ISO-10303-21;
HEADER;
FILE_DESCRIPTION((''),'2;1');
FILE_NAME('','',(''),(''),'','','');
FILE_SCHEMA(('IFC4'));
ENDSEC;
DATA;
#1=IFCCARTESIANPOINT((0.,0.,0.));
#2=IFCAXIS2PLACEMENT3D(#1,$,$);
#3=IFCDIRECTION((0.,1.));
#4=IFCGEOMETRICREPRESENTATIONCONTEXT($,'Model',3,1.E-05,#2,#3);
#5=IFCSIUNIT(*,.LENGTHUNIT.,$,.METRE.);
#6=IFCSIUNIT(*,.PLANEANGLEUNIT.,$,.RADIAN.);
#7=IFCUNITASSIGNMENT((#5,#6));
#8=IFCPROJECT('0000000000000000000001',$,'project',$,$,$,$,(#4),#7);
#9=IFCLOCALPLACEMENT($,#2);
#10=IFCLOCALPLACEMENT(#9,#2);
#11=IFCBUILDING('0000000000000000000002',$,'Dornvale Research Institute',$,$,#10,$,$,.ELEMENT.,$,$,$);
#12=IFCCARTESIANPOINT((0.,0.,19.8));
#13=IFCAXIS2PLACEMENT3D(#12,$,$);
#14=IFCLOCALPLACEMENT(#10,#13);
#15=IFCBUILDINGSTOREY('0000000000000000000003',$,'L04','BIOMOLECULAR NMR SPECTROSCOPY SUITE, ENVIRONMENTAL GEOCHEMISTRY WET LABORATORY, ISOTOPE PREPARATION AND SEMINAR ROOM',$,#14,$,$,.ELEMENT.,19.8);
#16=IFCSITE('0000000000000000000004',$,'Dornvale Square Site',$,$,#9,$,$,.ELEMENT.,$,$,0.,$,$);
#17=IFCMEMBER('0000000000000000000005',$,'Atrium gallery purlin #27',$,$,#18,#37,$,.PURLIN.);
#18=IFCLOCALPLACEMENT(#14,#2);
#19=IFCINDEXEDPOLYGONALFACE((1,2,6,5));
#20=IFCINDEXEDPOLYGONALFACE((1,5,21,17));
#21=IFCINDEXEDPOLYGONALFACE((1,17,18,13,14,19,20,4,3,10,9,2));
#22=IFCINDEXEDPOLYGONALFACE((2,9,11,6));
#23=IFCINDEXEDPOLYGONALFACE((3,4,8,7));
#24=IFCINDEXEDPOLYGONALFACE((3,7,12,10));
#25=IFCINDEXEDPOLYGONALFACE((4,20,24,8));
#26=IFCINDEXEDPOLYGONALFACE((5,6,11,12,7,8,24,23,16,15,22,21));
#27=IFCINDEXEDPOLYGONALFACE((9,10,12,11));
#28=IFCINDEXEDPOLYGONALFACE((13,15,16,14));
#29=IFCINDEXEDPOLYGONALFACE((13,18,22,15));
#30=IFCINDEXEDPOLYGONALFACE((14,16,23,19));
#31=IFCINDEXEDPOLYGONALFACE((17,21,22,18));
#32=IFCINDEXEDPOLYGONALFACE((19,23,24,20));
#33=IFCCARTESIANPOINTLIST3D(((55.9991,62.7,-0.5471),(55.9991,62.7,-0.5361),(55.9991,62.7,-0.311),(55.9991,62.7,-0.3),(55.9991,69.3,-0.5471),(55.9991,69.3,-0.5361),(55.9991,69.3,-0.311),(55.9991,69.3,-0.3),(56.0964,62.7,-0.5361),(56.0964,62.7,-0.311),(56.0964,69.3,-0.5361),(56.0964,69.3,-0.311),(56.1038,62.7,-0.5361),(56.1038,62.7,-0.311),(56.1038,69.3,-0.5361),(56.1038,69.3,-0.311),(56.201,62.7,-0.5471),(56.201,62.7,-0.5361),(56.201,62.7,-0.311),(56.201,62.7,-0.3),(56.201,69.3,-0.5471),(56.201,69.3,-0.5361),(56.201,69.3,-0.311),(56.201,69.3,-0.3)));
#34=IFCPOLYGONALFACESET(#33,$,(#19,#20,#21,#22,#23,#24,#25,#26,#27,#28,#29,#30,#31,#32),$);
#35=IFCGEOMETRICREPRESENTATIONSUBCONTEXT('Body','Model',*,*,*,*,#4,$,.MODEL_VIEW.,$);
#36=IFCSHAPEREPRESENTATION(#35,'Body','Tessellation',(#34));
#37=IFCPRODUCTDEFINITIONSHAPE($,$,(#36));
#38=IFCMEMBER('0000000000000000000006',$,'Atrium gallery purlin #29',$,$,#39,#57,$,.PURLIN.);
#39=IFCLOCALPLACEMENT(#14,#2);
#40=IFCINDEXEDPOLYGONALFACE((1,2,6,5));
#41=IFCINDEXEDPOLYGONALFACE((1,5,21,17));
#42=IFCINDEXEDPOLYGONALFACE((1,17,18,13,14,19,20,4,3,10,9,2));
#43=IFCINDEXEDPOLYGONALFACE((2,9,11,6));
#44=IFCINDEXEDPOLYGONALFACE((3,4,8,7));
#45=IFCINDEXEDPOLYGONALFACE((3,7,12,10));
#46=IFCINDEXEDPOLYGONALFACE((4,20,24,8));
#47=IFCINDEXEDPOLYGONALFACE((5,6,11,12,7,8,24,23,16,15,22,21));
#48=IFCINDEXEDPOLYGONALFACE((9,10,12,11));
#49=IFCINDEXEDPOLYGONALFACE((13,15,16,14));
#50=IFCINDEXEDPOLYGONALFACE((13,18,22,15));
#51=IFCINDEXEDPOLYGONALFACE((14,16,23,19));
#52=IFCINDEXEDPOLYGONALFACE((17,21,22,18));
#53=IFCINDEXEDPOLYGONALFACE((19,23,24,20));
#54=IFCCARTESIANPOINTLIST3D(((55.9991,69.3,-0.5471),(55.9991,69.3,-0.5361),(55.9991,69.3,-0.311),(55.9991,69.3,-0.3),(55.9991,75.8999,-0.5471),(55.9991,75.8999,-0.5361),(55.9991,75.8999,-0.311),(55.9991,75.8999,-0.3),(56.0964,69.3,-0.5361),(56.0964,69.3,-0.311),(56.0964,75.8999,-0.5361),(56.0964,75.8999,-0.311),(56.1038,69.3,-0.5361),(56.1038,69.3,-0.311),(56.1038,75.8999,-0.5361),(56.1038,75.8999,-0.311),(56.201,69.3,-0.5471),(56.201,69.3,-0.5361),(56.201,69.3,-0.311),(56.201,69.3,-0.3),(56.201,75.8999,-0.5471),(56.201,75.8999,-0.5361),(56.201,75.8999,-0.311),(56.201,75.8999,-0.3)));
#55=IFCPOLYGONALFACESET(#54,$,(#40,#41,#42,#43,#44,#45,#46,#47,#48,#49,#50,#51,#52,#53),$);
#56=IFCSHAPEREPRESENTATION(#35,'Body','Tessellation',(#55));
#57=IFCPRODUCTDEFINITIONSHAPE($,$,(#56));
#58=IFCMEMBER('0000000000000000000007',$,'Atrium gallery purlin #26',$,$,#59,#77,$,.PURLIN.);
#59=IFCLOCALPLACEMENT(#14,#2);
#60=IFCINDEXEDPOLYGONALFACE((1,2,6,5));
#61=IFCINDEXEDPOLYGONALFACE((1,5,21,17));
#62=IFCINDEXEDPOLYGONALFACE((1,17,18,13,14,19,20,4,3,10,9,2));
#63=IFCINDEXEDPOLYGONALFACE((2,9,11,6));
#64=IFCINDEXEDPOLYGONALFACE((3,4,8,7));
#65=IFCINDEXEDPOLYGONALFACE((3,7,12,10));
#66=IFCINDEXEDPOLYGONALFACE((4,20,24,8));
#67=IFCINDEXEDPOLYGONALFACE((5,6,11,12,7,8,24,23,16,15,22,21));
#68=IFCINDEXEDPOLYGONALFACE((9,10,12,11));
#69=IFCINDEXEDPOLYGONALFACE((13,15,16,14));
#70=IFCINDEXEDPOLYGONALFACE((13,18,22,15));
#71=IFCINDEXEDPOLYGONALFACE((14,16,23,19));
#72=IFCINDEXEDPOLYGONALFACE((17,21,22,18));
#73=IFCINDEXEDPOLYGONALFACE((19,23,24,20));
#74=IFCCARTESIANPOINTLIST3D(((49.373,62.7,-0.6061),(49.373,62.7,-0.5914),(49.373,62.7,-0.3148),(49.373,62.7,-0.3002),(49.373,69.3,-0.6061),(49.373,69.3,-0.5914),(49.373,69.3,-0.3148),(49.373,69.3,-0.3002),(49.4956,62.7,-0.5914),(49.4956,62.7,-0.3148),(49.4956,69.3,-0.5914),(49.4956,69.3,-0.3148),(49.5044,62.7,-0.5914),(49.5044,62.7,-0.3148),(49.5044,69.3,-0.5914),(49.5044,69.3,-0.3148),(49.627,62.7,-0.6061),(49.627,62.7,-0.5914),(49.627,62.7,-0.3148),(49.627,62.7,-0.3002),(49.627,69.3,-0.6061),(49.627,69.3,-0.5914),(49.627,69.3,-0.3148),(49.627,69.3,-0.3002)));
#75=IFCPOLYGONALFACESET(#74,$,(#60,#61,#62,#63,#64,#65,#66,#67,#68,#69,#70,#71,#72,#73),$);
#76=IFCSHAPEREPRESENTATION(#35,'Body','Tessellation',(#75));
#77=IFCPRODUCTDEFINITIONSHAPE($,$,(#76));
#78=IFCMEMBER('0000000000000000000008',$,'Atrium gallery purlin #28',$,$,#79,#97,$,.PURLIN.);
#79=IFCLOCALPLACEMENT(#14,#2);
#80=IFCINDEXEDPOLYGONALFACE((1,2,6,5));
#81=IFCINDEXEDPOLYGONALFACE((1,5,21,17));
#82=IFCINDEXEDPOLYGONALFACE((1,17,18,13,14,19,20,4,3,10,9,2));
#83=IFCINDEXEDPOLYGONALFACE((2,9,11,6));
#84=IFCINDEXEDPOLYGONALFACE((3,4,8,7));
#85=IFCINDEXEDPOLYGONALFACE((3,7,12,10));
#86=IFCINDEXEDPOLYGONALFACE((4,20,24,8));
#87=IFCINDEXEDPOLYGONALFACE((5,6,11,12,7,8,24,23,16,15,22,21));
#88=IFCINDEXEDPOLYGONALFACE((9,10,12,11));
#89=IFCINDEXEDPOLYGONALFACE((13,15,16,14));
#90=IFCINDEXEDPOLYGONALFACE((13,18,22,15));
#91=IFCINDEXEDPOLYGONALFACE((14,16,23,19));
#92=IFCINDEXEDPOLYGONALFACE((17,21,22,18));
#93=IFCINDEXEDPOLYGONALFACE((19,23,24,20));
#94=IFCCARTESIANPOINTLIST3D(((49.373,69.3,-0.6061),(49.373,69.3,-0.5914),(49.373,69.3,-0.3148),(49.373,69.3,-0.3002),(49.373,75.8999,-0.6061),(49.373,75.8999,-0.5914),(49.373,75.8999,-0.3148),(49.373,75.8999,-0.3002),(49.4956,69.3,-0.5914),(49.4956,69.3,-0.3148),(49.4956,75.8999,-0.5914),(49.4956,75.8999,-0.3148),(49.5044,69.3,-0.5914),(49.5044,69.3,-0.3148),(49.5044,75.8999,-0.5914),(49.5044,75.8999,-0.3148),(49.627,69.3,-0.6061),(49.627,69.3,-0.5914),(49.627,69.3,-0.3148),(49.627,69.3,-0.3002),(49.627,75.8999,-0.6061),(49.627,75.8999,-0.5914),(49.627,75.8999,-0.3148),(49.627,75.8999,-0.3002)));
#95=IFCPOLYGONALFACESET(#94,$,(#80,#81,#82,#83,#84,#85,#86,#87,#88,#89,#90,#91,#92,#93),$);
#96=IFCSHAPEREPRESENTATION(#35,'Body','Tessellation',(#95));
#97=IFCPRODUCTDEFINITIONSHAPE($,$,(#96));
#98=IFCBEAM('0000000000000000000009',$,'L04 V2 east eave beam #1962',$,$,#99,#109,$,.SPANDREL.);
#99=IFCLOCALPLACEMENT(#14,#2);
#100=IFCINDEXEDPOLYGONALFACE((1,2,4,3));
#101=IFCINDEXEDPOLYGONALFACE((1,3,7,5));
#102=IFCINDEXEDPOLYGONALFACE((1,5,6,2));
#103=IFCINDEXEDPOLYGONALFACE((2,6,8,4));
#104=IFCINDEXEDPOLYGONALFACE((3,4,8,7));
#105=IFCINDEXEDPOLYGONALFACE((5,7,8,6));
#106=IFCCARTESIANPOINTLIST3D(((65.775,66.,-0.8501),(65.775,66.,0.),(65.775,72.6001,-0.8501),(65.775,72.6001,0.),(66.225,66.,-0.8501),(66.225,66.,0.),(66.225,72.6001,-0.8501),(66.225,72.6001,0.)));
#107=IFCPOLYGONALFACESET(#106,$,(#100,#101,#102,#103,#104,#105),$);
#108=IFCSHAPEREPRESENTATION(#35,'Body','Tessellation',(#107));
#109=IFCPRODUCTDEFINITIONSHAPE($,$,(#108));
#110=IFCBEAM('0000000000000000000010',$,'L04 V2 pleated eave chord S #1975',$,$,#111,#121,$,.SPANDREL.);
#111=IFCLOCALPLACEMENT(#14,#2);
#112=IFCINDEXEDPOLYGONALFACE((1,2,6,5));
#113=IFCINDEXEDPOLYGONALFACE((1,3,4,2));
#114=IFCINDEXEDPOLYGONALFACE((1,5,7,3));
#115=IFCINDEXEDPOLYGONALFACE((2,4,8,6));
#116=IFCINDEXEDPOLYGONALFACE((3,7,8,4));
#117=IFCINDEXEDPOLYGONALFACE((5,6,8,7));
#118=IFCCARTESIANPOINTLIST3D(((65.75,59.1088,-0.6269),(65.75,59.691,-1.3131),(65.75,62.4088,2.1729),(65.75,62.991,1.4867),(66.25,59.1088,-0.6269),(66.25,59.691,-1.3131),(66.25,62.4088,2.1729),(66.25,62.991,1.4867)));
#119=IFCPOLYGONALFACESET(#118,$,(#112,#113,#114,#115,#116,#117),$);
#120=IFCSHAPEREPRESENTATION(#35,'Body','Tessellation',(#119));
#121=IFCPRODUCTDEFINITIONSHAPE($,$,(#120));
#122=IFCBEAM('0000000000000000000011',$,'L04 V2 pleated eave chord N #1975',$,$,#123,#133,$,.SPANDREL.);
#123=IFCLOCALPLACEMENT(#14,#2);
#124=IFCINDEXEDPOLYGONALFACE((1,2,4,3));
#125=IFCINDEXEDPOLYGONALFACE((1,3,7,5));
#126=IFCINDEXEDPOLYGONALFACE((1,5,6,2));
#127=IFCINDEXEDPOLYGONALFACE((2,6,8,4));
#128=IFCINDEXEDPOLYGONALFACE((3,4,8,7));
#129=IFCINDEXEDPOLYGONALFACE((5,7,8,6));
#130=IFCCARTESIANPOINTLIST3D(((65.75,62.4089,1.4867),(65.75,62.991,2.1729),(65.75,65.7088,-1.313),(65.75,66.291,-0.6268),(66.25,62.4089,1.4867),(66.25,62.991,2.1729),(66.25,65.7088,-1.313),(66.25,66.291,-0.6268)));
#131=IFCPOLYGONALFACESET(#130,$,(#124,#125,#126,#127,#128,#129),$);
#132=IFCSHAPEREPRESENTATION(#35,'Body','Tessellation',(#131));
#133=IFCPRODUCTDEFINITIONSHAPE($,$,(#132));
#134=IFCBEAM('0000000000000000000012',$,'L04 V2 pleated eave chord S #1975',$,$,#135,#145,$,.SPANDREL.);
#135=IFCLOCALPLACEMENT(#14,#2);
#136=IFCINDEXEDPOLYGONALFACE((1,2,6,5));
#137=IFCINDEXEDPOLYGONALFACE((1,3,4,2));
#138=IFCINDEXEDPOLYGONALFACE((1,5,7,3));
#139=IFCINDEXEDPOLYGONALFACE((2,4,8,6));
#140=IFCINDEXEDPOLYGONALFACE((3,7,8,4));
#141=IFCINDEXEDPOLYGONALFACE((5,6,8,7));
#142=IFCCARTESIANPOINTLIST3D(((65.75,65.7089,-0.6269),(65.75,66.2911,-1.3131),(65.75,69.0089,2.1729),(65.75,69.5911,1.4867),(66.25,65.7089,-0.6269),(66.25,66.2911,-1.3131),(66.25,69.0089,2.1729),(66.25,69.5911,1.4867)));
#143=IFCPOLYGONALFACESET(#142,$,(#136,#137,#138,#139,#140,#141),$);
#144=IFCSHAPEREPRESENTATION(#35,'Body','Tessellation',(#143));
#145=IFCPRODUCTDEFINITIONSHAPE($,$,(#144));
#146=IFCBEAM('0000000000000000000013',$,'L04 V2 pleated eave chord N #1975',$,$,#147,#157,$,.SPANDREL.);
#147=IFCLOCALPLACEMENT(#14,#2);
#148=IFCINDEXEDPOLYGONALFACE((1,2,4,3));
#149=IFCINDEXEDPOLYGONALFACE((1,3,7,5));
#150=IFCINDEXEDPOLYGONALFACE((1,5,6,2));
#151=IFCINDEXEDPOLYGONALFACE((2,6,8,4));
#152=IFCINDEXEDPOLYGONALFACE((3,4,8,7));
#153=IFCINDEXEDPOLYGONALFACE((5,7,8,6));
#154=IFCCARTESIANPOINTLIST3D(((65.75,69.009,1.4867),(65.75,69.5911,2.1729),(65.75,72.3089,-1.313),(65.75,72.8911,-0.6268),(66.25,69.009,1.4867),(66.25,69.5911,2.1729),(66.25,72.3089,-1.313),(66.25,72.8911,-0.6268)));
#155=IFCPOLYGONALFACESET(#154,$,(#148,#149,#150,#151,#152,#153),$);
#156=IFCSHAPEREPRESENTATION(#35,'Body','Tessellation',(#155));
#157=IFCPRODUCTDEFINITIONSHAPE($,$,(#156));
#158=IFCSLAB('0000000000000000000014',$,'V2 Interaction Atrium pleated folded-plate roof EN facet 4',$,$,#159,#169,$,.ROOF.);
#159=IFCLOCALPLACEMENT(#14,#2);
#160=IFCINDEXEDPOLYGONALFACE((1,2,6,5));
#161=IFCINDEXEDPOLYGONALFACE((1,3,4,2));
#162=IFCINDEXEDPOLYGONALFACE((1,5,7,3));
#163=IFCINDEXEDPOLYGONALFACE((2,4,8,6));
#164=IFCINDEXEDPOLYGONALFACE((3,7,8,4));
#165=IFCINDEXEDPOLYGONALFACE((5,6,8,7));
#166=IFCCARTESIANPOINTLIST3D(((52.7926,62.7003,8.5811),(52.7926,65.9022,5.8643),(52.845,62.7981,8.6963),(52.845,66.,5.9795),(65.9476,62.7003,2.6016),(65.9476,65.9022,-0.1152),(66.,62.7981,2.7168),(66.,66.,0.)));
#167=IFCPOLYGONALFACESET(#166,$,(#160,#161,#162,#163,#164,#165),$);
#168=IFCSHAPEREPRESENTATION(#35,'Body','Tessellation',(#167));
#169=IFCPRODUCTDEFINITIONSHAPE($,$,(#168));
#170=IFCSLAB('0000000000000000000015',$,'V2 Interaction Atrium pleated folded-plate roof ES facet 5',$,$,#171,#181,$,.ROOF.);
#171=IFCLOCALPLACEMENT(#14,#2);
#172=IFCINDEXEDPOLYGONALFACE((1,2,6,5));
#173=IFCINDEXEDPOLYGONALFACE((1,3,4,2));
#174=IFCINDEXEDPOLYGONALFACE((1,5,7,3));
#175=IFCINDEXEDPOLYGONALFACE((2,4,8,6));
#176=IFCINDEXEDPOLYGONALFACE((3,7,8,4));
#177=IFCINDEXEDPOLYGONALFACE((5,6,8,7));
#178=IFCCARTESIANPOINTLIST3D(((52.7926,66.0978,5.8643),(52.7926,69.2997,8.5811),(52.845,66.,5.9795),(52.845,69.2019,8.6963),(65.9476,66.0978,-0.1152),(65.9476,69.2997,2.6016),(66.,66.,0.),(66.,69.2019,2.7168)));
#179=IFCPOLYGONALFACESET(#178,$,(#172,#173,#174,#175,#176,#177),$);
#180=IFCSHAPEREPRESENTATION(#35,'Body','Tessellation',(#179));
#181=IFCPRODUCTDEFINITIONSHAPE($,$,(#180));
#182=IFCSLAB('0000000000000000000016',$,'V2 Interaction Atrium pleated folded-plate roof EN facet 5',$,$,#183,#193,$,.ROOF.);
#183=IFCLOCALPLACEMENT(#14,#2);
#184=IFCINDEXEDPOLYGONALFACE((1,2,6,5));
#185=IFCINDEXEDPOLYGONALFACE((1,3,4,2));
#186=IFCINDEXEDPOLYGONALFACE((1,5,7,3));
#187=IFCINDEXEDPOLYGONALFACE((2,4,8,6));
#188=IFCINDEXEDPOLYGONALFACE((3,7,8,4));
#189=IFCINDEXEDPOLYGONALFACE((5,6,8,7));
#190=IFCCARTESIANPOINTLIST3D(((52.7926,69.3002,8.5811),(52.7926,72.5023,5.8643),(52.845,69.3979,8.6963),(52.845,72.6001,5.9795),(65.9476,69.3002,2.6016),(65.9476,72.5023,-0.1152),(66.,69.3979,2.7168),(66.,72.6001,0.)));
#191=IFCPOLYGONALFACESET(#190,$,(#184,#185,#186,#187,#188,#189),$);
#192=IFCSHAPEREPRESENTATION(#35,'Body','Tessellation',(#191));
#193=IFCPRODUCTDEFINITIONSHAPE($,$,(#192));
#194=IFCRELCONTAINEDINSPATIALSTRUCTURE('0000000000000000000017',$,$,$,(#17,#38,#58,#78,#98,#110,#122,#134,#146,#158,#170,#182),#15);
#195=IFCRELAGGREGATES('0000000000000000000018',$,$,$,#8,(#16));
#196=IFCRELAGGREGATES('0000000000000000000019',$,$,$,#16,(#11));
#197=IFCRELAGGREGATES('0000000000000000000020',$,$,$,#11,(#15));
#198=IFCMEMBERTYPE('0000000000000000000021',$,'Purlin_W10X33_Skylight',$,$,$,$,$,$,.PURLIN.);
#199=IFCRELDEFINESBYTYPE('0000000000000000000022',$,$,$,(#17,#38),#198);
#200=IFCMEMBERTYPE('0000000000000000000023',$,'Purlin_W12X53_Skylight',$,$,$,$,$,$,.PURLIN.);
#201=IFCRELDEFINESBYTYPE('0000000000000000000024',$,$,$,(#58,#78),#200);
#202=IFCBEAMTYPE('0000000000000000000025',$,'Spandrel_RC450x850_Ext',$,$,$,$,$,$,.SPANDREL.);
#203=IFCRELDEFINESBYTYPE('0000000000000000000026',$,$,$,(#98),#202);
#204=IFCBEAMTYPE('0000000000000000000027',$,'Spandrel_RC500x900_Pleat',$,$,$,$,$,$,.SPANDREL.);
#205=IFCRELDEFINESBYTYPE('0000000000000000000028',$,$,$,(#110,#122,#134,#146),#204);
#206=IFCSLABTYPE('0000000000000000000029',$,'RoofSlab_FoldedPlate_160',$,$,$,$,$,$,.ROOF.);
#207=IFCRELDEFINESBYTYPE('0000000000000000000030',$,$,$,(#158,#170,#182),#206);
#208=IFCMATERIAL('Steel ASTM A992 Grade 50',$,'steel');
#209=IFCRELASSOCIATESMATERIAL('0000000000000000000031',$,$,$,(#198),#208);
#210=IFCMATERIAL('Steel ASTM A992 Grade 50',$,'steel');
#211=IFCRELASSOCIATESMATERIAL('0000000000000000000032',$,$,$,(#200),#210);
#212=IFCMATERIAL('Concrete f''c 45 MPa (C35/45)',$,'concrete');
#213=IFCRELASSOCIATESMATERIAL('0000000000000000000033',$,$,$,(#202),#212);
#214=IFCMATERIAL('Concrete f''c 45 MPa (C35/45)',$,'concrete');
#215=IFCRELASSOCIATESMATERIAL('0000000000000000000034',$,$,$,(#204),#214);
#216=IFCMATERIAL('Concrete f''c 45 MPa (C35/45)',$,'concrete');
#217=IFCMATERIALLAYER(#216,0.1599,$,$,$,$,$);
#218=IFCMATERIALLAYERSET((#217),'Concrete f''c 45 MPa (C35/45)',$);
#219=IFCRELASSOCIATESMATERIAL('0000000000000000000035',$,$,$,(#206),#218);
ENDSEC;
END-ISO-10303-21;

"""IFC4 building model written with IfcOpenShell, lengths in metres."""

from ifc_helpers import new_model, si_unit, direction, frame, origin, origin_2d, place, context, subcontext, project, spatial, polyline, rectangle, i_section, outline, extrude, material, layer, layer_set, material_profile, profile_set, type_object, element, save


model = new_model("IFC4")

# Units and contexts
model_context = context("Model", 3, precision=1e-05, world=origin(), true_north=direction((0.0, 1.0)))
body_context = subcontext(model_context, "Body", "Model", "MODEL_VIEW")
ifc_project = project(units=[si_unit("LENGTHUNIT", "METRE"), si_unit("PLANEANGLEUNIT", "RADIAN")], contexts=[model_context])

# Site, building, storey
site_placement = place(None, origin())
site = spatial("IfcSite", under=ifc_project, at=site_placement, Name="Dornvale Square Site", CompositionType="ELEMENT", RefElevation=0.0)
building_placement = place(site_placement, origin())
building = spatial("IfcBuilding", under=site, at=building_placement, Name="Dornvale Research Institute", CompositionType="ELEMENT")
storey_placement = place(building_placement, frame((0.0, 0.0, 19.8)))
storey = spatial("IfcBuildingStorey", under=building, at=storey_placement, Name="L04", Description="BIOMOLECULAR NMR SPECTROSCOPY SUITE, ENVIRONMENTAL GEOCHEMISTRY WET LABORATORY, ISOTOPE PREPARATION AND SEMINAR ROOM", CompositionType="ELEMENT", Elevation=19.8)

# Members
ifc_material_1 = material(Name="Steel ASTM A992 Grade 50", Category="steel")
ifc_material_profile_1 = material_profile(ifc_material_1, i_section(OverallWidth=0.2019, OverallDepth=0.2471, WebThickness=0.0073, FlangeThickness=0.011, at=origin_2d()), Name="W10X33")
ifc_profile_set_1 = profile_set([ifc_material_profile_1], Name="Steel ASTM A992 Grade 50")
member_type_1 = type_object("IfcMemberType", Name="Purlin_W10X33_Skylight", PredefinedType="PURLIN", material=ifc_profile_set_1)
member_1_placement = place(storey_placement, frame((56.1001, 62.7, -0.4236), z_axis=(0.0, 1.0, 0.0), x_axis=(-1.0, 0.0, 0.0)))
element("IfcMember", 1, at=member_1_placement, inside=storey, type_object=member_type_1, Name="Atrium gallery purlin #27", PredefinedType="PURLIN", context=body_context, shape_type="SweptSolid", body=[
    extrude(i_section(OverallWidth=0.2019, OverallDepth=0.2471, WebThickness=0.0073, FlangeThickness=0.011, at=origin_2d()), origin(), (0.0, 0.0, 1.0), 6.6001),
])
member_2_placement = place(storey_placement, frame((56.1001, 69.3, -0.4236), z_axis=(0.0, 1.0, 0.0), x_axis=(-1.0, 0.0, 0.0)))
element("IfcMember", 2, at=member_2_placement, inside=storey, type_object=member_type_1, Name="Atrium gallery purlin #29", PredefinedType="PURLIN", context=body_context, shape_type="SweptSolid", body=[
    extrude(i_section(OverallWidth=0.2019, OverallDepth=0.2471, WebThickness=0.0073, FlangeThickness=0.011, at=origin_2d()), origin(), (0.0, 0.0, 1.0), 6.5999),
])
ifc_material_2 = material(Name="Steel ASTM A992 Grade 50", Category="steel")
ifc_material_profile_2 = material_profile(ifc_material_2, i_section(OverallWidth=0.2539, OverallDepth=0.3059, WebThickness=0.0088, FlangeThickness=0.0146, at=origin_2d()), Name="W12X53")
ifc_profile_set_2 = profile_set([ifc_material_profile_2], Name="Steel ASTM A992 Grade 50")
member_type_2 = type_object("IfcMemberType", Name="Purlin_W12X53_Skylight", PredefinedType="PURLIN", material=ifc_profile_set_2)
member_3_placement = place(storey_placement, frame((49.5, 62.7, -0.4531), z_axis=(0.0, 1.0, 0.0), x_axis=(-1.0, 0.0, 0.0)))
element("IfcMember", 3, at=member_3_placement, inside=storey, type_object=member_type_2, Name="Atrium gallery purlin #26", PredefinedType="PURLIN", context=body_context, shape_type="SweptSolid", body=[
    extrude(i_section(OverallWidth=0.2539, OverallDepth=0.3059, WebThickness=0.0088, FlangeThickness=0.0146, at=origin_2d()), origin(), (0.0, 0.0, 1.0), 6.6001),
])
member_4_placement = place(storey_placement, frame((49.5, 69.3, -0.4531), z_axis=(0.0, 1.0, 0.0), x_axis=(-1.0, 0.0, 0.0)))
element("IfcMember", 4, at=member_4_placement, inside=storey, type_object=member_type_2, Name="Atrium gallery purlin #28", PredefinedType="PURLIN", context=body_context, shape_type="SweptSolid", body=[
    extrude(i_section(OverallWidth=0.2539, OverallDepth=0.3059, WebThickness=0.0088, FlangeThickness=0.0146, at=origin_2d()), origin(), (0.0, 0.0, 1.0), 6.5999),
])

# Beams
ifc_material_3 = material(Name="Concrete f'c 45 MPa (C35/45)", Category="concrete")
ifc_material_profile_3 = material_profile(ifc_material_3, rectangle(XDim=0.45, YDim=0.8501, at=origin_2d()), Name="RC 450x850")
ifc_profile_set_3 = profile_set([ifc_material_profile_3], Name="Concrete f'c 45 MPa (C35/45)")
beam_type_1 = type_object("IfcBeamType", Name="Spandrel_RC450x850_Ext", PredefinedType="SPANDREL", material=ifc_profile_set_3)
beam_1_placement = place(storey_placement, frame((66.0, 66.0, -0.425), z_axis=(0.0, 1.0, 0.0), x_axis=(-1.0, 0.0, 0.0)))
element("IfcBeam", 5, at=beam_1_placement, inside=storey, type_object=beam_type_1, Name="L04 V2 east eave beam #1962", PredefinedType="SPANDREL", context=body_context, shape_type="SweptSolid", body=[
    extrude(rectangle(XDim=0.45, YDim=0.8501, at=origin_2d()), origin(), (0.0, 0.0, 1.0), 6.6001),
])
ifc_material_4 = material(Name="Concrete f'c 45 MPa (C35/45)", Category="concrete")
ifc_material_profile_4 = material_profile(ifc_material_4, rectangle(XDim=0.5, YDim=0.8999, at=origin_2d()), Name="RC 500x900")
ifc_profile_set_4 = profile_set([ifc_material_profile_4], Name="Concrete f'c 45 MPa (C35/45)")
beam_type_2 = type_object("IfcBeamType", Name="Spandrel_RC500x900_Pleat", PredefinedType="SPANDREL", material=ifc_profile_set_4)
for number, where, z_axis, x_axis, name in (
    (6, (66.0, 59.3999, -0.97), (0.0, 0.762536, 0.646946), (-1.0, 0.0, 0.0), "L04 V2 pleated eave chord S #1975"),
    (7, (66.0, 62.7, 1.8298), (0.0, 0.762536, -0.646946), (-1.0, 0.0, 0.0), "L04 V2 pleated eave chord N #1975"),
    (8, (66.0, 66.0, -0.97), (0.0, 0.762536, 0.646946), (-1.0, 0.0, 0.0), "L04 V2 pleated eave chord S #1975"),
    (9, (66.0, 69.3, 1.8298), (0.0, 0.762536, -0.646946), (-1.0, 0.0, 0.0), "L04 V2 pleated eave chord N #1975"),
):
    element("IfcBeam", number, at=place(storey_placement, frame(where, z_axis=z_axis, x_axis=x_axis)), inside=storey, type_object=beam_type_2, Name=name, PredefinedType="SPANDREL", context=body_context, shape_type="SweptSolid", body=[
        extrude(rectangle(XDim=0.5, YDim=0.8999, at=origin_2d()), origin(), (0.0, 0.0, 1.0), 4.3276),
    ])

# Slabs
ifc_material_5 = material(Name="Concrete f'c 45 MPa (C35/45)", Category="concrete")
ifc_layer_1 = layer(ifc_material_5, 0.1599)
ifc_layer_set_1 = layer_set([ifc_layer_1], Name="Concrete f'c 45 MPa (C35/45)")
slab_type = type_object("IfcSlabType", Name="RoofSlab_FoldedPlate_160", PredefinedType="ROOF", material=ifc_layer_set_1)
slab_1_placement = place(storey_placement, frame((52.845, 62.7981, 8.6963), z_axis=(0.327478, 0.611306, 0.72046), x_axis=(0.910368, 0.0, -0.413799)))
element("IfcSlab", 10, at=slab_1_placement, inside=storey, type_object=slab_type, Name="V2 Interaction Atrium pleated folded-plate roof EN facet 4", PredefinedType="ROOF", context=body_context, shape_type="SweptSolid", body=[
    extrude(outline(polyline([(0.0, 0.0), (14.4502, 0.0), (15.5744, 4.0459), (1.1242, 4.0459), (0.0, 0.0)])), origin(), (0.0, 0.0, -1.0), 0.1599),
])
slab_2_placement = place(storey_placement, frame((52.845, 66.0, 5.9795), z_axis=(0.327478, -0.611306, 0.72046), x_axis=(0.910368, 0.0, -0.413799)))
element("IfcSlab", 11, at=slab_2_placement, inside=storey, type_object=slab_type, Name="V2 Interaction Atrium pleated folded-plate roof ES facet 5", PredefinedType="ROOF", context=body_context, shape_type="SweptSolid", body=[
    extrude(outline(polyline([(0.0, 0.0), (14.4502, 0.0), (13.326, 4.0459), (-1.1242, 4.0459), (0.0, 0.0)])), origin(), (0.0, 0.0, -1.0), 0.1599),
])
slab_3_placement = place(storey_placement, frame((52.845, 69.3979, 8.6963), z_axis=(0.327488, 0.611277, 0.720481), x_axis=(0.910368, 0.0, -0.413799)))
element("IfcSlab", 12, at=slab_3_placement, inside=storey, type_object=slab_type, Name="V2 Interaction Atrium pleated folded-plate roof EN facet 5", PredefinedType="ROOF", context=body_context, shape_type="SweptSolid", body=[
    extrude(outline(polyline([(0.0, 0.0), (14.4502, 0.0), (15.5744, 4.0461), (1.1242, 4.0461), (0.0, 0.0)])), origin(), (0.0, 0.0, -1.0), 0.1599),
])

save(model, "model.ifc")
